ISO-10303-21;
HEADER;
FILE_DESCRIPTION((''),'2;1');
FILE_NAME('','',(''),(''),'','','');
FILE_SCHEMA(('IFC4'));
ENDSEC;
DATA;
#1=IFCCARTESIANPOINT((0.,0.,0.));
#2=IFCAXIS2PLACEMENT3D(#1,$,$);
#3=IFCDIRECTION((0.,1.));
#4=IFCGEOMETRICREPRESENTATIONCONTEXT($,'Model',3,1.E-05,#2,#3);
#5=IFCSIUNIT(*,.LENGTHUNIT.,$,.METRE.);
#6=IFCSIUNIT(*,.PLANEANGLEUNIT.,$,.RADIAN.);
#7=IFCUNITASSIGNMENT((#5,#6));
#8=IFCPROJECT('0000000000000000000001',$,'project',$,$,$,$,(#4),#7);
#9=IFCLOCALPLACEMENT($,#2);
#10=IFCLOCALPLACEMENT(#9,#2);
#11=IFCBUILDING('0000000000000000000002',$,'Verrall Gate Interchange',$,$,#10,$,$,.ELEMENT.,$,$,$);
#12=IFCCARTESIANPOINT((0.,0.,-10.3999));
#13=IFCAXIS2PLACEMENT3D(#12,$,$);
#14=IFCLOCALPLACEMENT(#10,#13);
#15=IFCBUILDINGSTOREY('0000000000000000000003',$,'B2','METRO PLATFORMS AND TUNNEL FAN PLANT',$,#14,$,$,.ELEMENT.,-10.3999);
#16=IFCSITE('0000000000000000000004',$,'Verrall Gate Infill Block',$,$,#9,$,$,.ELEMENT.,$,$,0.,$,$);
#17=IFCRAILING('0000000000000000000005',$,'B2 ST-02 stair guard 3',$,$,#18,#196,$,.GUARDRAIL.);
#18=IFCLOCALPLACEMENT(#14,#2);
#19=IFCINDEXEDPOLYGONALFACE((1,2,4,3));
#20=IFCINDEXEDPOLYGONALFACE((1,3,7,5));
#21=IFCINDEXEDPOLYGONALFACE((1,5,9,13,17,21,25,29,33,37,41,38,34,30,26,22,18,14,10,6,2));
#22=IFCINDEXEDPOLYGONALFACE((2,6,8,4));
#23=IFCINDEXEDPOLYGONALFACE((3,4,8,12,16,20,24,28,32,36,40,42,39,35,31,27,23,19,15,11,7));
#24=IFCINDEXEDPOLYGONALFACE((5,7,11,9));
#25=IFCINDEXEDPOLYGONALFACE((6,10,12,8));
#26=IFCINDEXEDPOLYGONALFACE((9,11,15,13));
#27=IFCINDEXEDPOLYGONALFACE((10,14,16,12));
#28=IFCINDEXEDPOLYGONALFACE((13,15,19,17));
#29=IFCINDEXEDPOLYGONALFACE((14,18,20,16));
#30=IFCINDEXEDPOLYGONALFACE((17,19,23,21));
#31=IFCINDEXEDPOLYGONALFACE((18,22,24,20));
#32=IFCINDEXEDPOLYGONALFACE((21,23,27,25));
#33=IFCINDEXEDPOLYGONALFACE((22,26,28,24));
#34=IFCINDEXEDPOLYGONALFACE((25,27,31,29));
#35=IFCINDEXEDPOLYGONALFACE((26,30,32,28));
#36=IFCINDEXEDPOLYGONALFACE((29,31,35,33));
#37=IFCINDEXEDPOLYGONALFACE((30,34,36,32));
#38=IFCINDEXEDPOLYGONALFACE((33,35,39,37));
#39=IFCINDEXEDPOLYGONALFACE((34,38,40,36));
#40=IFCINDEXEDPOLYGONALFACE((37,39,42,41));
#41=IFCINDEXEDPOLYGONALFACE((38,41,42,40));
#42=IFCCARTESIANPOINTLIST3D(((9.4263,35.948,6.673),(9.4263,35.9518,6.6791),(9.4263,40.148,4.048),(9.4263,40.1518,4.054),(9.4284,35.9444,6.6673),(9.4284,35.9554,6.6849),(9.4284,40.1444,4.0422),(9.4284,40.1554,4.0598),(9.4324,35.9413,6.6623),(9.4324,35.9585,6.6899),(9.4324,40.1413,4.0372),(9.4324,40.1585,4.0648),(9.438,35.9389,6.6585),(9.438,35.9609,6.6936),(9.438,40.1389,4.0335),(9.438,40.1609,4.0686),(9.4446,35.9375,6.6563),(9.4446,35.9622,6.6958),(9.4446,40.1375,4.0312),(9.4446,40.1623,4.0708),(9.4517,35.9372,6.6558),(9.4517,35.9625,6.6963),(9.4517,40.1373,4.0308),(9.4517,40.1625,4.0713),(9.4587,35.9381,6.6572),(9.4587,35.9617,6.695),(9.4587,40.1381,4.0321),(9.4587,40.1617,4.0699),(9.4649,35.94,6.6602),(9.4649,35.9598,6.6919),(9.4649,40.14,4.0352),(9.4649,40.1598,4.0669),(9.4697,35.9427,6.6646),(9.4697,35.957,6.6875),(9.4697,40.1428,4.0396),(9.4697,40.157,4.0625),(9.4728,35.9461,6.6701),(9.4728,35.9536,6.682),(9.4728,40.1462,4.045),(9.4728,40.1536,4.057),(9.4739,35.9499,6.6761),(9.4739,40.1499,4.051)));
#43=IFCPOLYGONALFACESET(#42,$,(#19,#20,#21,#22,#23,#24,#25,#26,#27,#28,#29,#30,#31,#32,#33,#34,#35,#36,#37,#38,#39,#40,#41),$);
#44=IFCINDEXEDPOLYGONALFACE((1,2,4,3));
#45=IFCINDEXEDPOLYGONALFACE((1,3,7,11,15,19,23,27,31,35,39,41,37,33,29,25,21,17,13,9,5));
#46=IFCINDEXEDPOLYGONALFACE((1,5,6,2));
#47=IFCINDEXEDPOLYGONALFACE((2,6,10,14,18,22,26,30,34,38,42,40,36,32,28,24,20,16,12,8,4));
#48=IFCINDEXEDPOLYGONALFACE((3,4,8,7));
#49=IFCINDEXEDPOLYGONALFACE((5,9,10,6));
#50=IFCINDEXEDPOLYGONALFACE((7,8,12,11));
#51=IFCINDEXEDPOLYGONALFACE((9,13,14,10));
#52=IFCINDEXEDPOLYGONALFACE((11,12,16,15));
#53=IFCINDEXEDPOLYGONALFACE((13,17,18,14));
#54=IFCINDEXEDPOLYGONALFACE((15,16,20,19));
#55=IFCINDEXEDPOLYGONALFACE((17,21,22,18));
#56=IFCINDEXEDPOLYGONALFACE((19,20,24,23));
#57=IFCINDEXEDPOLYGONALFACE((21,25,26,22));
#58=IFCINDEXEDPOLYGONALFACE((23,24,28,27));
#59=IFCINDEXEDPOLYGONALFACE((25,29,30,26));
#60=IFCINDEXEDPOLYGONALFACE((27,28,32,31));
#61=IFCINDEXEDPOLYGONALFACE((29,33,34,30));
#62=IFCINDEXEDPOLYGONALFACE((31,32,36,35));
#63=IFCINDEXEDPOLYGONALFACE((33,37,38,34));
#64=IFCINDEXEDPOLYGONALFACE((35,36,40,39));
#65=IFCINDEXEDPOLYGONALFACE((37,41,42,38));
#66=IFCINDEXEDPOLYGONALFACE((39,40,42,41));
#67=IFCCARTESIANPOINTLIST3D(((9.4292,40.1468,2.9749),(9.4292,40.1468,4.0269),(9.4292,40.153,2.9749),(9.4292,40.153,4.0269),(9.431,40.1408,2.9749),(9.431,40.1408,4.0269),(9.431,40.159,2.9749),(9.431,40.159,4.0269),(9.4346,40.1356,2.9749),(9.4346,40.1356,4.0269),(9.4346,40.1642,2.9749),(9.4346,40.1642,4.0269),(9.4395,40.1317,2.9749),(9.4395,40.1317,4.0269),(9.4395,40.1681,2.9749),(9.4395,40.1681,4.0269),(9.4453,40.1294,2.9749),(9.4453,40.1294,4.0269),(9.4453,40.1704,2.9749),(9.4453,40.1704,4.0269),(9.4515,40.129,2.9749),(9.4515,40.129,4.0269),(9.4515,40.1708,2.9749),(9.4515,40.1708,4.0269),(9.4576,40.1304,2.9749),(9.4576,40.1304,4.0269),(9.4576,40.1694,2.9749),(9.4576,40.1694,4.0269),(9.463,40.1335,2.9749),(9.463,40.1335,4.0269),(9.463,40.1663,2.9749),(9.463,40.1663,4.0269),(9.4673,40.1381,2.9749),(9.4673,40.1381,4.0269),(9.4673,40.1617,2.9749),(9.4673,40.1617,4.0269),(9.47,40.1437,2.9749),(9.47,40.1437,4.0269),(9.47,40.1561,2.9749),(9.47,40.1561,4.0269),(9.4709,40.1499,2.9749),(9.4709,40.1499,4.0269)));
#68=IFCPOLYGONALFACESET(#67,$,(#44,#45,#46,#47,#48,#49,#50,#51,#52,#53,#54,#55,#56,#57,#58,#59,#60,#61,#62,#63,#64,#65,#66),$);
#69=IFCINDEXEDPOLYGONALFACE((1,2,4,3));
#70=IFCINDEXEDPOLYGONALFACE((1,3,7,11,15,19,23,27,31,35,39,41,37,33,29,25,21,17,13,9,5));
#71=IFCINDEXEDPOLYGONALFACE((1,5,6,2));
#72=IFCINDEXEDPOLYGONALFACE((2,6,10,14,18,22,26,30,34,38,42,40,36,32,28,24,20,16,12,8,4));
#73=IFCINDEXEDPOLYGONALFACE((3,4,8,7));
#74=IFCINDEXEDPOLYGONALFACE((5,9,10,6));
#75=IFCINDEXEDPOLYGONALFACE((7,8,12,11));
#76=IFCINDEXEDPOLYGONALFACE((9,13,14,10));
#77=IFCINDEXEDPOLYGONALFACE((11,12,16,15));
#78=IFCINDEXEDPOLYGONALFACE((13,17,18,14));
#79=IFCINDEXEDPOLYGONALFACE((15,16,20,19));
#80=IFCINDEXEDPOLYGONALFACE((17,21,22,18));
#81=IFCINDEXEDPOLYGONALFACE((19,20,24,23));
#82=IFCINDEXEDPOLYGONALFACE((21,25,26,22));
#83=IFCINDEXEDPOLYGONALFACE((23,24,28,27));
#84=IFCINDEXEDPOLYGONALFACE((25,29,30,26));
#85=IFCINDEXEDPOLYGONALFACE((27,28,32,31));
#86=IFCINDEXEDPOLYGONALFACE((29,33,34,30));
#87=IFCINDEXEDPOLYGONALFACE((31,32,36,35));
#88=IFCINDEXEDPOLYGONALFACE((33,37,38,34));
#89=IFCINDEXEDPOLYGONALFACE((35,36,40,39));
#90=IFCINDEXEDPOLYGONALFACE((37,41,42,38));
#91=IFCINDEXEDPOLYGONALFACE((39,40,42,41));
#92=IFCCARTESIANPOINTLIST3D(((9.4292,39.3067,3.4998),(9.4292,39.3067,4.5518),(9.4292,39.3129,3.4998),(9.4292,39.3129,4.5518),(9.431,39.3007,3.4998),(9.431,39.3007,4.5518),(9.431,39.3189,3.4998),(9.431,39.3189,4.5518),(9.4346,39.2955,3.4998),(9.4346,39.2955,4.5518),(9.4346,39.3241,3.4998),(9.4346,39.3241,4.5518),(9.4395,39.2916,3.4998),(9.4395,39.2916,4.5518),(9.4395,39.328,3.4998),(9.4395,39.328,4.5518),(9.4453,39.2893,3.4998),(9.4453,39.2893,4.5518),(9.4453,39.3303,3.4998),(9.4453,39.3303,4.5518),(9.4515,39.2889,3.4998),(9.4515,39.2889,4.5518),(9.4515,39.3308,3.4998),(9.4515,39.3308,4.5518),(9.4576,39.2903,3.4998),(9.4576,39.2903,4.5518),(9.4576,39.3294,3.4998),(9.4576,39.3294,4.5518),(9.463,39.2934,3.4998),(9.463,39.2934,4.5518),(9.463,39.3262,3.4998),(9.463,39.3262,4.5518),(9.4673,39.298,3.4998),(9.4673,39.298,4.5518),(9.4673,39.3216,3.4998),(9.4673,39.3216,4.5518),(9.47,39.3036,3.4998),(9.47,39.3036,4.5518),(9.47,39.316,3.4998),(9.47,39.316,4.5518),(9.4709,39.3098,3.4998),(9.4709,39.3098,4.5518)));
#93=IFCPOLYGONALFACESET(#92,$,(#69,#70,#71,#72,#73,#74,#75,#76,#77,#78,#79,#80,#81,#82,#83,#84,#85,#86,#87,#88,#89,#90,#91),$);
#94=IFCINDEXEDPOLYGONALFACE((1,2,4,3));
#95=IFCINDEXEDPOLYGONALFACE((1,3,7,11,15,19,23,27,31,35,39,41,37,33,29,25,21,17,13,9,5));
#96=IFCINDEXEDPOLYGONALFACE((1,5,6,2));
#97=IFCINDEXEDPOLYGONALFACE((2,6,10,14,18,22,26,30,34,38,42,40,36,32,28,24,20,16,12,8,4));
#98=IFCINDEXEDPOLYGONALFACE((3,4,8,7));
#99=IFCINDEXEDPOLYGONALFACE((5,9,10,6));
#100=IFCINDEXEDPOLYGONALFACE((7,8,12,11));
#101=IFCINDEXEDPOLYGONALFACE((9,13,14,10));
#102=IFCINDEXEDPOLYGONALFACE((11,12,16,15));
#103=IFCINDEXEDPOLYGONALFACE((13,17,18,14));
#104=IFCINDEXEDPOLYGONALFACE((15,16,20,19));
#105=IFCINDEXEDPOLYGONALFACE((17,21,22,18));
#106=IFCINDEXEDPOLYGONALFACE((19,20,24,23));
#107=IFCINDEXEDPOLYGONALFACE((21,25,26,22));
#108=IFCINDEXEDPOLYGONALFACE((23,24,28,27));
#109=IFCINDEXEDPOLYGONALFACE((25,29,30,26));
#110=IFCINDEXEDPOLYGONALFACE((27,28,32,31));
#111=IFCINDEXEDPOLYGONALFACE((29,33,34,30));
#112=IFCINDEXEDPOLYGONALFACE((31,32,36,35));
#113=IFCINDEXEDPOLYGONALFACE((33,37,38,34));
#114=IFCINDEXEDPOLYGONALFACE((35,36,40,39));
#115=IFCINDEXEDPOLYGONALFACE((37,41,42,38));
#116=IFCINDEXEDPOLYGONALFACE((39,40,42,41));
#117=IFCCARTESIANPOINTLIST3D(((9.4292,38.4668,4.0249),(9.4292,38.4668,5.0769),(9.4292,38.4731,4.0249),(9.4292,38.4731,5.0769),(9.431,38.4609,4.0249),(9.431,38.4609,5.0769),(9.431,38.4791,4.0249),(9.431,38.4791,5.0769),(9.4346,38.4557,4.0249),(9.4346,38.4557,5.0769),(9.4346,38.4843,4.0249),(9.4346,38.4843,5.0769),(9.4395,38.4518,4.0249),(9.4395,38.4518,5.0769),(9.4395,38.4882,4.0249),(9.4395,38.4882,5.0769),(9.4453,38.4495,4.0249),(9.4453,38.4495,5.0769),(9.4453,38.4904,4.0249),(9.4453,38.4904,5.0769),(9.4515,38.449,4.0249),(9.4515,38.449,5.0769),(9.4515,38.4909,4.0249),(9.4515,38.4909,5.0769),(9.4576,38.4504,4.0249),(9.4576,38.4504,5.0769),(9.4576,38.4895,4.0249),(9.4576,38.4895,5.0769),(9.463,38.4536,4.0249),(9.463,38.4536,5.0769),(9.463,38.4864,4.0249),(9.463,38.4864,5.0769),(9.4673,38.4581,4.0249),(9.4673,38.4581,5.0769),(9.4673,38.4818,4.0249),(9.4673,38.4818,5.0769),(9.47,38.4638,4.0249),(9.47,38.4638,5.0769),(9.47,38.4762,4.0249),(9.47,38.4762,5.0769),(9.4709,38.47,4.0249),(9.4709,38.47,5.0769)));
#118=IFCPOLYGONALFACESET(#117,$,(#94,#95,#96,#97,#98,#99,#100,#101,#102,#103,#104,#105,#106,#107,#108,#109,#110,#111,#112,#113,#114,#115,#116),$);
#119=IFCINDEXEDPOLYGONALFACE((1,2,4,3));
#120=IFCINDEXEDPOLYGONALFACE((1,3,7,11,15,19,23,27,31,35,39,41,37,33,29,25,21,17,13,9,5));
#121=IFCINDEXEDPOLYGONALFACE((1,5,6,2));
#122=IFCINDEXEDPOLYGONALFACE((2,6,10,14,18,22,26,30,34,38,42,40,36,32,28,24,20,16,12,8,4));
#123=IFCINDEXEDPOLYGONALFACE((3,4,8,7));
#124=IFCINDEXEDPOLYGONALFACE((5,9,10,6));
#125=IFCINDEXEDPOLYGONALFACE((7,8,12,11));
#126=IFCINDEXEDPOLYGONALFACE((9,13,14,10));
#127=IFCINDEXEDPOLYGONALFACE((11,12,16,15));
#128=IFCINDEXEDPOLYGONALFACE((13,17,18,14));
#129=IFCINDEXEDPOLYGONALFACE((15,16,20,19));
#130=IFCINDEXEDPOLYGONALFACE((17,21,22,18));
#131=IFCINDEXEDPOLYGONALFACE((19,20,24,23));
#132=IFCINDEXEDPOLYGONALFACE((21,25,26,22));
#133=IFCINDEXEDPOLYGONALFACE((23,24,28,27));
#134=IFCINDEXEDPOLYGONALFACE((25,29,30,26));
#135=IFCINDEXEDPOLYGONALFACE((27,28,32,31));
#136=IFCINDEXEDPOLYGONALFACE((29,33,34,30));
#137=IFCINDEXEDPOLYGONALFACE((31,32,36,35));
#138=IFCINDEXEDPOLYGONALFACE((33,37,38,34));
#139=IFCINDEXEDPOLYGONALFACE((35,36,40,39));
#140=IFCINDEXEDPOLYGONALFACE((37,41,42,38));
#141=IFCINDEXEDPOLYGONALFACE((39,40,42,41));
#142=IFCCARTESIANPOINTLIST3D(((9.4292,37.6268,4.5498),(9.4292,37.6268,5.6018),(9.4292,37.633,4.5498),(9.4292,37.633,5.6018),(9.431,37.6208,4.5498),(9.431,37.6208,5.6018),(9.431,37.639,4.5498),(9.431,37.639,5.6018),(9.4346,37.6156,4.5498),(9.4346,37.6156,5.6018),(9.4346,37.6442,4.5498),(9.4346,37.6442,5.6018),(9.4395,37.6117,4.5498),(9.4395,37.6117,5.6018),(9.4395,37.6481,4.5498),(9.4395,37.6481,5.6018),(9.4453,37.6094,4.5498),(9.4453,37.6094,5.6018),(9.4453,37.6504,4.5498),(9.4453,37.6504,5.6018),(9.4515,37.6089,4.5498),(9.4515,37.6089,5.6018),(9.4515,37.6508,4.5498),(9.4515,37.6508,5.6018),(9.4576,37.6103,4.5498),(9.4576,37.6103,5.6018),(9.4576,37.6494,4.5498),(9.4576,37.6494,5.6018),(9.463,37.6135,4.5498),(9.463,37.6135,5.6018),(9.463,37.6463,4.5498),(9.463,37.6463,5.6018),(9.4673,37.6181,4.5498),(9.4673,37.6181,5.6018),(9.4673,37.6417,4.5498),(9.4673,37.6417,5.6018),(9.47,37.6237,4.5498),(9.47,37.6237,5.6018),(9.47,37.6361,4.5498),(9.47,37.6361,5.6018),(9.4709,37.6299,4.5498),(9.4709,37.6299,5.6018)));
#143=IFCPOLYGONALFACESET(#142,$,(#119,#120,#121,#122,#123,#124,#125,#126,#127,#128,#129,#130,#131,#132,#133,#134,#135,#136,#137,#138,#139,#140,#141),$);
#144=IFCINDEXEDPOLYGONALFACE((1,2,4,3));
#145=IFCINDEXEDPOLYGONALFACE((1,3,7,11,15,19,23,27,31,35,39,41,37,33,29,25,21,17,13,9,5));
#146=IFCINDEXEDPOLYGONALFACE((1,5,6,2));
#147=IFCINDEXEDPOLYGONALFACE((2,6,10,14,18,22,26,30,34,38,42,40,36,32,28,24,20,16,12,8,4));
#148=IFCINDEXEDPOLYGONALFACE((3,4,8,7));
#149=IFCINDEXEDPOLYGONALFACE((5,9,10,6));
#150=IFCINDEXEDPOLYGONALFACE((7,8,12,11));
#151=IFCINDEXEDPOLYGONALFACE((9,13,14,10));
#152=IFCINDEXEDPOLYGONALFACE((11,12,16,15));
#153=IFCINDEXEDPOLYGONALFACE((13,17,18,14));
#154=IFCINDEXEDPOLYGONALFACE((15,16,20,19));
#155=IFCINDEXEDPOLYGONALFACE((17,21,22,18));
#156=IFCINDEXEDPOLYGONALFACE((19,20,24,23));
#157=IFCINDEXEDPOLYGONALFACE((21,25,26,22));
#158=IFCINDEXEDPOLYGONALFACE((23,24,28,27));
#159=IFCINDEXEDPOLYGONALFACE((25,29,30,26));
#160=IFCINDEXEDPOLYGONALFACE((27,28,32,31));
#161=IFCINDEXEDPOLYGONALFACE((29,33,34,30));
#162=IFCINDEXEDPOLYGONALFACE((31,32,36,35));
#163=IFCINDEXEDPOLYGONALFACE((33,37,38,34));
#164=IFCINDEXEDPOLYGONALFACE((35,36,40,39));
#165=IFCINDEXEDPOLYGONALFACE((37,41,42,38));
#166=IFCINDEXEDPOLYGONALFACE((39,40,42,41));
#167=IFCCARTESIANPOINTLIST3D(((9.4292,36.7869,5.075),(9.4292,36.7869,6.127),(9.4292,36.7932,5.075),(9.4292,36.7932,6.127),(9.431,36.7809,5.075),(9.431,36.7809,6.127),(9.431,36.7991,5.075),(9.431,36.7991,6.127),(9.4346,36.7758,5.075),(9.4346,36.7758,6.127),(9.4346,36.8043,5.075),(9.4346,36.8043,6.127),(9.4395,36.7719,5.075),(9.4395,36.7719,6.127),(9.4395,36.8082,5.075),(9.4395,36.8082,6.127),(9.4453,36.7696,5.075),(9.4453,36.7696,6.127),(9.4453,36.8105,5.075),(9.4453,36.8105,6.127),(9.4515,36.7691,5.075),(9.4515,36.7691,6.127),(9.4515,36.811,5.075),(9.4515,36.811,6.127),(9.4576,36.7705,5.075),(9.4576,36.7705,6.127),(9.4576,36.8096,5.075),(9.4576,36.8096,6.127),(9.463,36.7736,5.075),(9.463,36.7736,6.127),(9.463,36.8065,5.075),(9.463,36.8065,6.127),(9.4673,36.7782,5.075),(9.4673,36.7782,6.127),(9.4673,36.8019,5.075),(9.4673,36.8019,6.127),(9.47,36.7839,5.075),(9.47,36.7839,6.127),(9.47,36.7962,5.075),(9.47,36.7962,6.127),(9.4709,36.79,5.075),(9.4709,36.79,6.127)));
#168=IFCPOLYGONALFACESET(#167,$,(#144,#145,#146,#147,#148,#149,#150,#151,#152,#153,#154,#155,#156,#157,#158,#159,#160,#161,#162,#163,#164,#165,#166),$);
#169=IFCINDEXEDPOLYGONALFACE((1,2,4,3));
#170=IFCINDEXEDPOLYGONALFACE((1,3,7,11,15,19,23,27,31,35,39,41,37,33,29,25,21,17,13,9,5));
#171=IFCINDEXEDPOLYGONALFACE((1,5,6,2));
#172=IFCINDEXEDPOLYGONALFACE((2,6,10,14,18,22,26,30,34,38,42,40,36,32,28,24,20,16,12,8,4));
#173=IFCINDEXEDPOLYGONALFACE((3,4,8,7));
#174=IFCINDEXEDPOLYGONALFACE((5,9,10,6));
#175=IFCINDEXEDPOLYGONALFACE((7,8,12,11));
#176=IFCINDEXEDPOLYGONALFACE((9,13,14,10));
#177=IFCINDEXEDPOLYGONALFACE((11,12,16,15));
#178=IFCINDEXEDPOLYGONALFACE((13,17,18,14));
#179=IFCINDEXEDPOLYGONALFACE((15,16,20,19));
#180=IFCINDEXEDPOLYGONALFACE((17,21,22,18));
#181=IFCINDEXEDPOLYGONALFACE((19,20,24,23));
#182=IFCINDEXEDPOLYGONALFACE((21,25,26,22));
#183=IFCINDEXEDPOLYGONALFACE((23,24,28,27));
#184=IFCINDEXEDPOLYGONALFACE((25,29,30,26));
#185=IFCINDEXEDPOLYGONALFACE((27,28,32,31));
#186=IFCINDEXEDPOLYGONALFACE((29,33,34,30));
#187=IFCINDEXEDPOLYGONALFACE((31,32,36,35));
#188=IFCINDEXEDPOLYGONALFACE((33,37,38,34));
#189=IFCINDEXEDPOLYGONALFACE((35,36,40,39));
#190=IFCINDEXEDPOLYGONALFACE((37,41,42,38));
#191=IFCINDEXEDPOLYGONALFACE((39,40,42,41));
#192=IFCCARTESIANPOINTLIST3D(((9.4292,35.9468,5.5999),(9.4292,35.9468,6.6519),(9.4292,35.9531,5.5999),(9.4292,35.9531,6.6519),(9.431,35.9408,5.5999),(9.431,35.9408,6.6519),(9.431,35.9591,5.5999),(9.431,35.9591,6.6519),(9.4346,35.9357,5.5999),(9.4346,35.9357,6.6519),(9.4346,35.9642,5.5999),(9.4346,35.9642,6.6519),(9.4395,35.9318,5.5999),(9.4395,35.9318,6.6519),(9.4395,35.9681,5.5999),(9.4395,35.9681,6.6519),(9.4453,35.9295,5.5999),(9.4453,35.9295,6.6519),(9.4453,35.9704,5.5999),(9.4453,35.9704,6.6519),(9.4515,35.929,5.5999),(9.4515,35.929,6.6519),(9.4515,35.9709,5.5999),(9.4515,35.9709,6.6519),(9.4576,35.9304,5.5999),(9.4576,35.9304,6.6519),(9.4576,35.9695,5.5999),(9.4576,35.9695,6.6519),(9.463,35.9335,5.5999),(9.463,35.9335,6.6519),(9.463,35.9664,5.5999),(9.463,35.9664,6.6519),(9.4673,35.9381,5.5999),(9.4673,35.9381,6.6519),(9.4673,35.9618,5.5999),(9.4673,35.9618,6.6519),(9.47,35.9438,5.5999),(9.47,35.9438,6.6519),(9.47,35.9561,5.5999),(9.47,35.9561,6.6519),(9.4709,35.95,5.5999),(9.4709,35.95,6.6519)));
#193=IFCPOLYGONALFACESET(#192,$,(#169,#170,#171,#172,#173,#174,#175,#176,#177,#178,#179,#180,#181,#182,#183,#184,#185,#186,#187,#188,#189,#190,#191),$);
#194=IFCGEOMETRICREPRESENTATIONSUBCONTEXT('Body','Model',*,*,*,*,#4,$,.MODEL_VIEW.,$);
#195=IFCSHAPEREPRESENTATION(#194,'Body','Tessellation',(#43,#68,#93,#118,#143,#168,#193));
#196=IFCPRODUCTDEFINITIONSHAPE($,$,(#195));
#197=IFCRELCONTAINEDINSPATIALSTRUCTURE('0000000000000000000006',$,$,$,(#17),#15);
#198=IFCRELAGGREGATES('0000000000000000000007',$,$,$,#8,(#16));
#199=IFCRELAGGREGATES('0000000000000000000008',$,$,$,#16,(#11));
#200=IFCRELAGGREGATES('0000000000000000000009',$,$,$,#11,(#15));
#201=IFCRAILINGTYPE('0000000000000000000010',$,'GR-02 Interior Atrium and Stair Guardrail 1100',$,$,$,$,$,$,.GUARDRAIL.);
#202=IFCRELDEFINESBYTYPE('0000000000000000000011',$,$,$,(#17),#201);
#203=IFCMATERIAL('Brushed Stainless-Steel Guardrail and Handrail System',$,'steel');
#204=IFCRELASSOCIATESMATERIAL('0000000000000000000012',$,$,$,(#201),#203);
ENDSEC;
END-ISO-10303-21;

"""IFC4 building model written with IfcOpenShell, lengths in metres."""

from ifc_helpers import new_model, si_unit, direction, frame, origin, origin_2d, place, context, subcontext, project, spatial, circle, extrude, material, type_object, element, save


model = new_model("IFC4")

# Units and contexts
model_context = context("Model", 3, precision=1e-05, world=origin(), true_north=direction((0.0, 1.0)))
body_context = subcontext(model_context, "Body", "Model", "MODEL_VIEW")
ifc_project = project(units=[si_unit("LENGTHUNIT", "METRE"), si_unit("PLANEANGLEUNIT", "RADIAN")], contexts=[model_context])

# Site, building, storey
site_placement = place(None, origin())
site = spatial("IfcSite", under=ifc_project, at=site_placement, Name="Verrall Gate Infill Block", CompositionType="ELEMENT", RefElevation=0.0)
building_placement = place(site_placement, origin())
building = spatial("IfcBuilding", under=site, at=building_placement, Name="Verrall Gate Interchange", CompositionType="ELEMENT")
storey_placement = place(building_placement, frame((0.0, 0.0, -10.3999)))
storey = spatial("IfcBuildingStorey", under=building, at=storey_placement, Name="B2", Description="METRO PLATFORMS AND TUNNEL FAN PLANT", CompositionType="ELEMENT", Elevation=-10.3999)

# Railing
ifc_material_1 = material(Name="Brushed Stainless-Steel Guardrail and Handrail System", Category="steel")
railing_type_1 = type_object("IfcRailingType", Name="GR-02 Interior Atrium and Stair Guardrail 1100", PredefinedType="GUARDRAIL", material=ifc_material_1)
railing_1_placement = place(storey_placement, frame((9.45, 40.1499, 2.9749)))
element("IfcRailing", 1, at=railing_1_placement, inside=storey, type_object=railing_type_1, Name="B2 ST-02 stair guard 3", PredefinedType="GUARDRAIL", context=body_context, shape_type="SweptSolid", body=[
    extrude(circle(Radius=0.0239, at=origin_2d()), frame((0.0, 0.0, 1.0762), z_axis=(0.0, -0.847996, 0.530003), x_axis=(1.0, 0.0, 0.0)), (0.0, 0.0, 1.0), 4.9529),
    extrude(circle(Radius=0.021, at=origin_2d()), origin(), (0.0, 0.0, 1.0), 1.052),
    extrude(circle(Radius=0.021, at=origin_2d()), frame((0.0, -0.8401, 0.5249)), (0.0, 0.0, 1.0), 1.052),
    extrude(circle(Radius=0.021, at=origin_2d()), frame((0.0, -1.6799, 1.05)), (0.0, 0.0, 1.0), 1.052),
    extrude(circle(Radius=0.021, at=origin_2d()), frame((0.0, -2.52, 1.575)), (0.0, 0.0, 1.0), 1.052),
    extrude(circle(Radius=0.021, at=origin_2d()), frame((0.0, -3.3599, 2.1001)), (0.0, 0.0, 1.0), 1.052),
    extrude(circle(Radius=0.021, at=origin_2d()), frame((0.0, -4.2, 2.625)), (0.0, 0.0, 1.0), 1.052),
])

save(model, "model.ifc")
